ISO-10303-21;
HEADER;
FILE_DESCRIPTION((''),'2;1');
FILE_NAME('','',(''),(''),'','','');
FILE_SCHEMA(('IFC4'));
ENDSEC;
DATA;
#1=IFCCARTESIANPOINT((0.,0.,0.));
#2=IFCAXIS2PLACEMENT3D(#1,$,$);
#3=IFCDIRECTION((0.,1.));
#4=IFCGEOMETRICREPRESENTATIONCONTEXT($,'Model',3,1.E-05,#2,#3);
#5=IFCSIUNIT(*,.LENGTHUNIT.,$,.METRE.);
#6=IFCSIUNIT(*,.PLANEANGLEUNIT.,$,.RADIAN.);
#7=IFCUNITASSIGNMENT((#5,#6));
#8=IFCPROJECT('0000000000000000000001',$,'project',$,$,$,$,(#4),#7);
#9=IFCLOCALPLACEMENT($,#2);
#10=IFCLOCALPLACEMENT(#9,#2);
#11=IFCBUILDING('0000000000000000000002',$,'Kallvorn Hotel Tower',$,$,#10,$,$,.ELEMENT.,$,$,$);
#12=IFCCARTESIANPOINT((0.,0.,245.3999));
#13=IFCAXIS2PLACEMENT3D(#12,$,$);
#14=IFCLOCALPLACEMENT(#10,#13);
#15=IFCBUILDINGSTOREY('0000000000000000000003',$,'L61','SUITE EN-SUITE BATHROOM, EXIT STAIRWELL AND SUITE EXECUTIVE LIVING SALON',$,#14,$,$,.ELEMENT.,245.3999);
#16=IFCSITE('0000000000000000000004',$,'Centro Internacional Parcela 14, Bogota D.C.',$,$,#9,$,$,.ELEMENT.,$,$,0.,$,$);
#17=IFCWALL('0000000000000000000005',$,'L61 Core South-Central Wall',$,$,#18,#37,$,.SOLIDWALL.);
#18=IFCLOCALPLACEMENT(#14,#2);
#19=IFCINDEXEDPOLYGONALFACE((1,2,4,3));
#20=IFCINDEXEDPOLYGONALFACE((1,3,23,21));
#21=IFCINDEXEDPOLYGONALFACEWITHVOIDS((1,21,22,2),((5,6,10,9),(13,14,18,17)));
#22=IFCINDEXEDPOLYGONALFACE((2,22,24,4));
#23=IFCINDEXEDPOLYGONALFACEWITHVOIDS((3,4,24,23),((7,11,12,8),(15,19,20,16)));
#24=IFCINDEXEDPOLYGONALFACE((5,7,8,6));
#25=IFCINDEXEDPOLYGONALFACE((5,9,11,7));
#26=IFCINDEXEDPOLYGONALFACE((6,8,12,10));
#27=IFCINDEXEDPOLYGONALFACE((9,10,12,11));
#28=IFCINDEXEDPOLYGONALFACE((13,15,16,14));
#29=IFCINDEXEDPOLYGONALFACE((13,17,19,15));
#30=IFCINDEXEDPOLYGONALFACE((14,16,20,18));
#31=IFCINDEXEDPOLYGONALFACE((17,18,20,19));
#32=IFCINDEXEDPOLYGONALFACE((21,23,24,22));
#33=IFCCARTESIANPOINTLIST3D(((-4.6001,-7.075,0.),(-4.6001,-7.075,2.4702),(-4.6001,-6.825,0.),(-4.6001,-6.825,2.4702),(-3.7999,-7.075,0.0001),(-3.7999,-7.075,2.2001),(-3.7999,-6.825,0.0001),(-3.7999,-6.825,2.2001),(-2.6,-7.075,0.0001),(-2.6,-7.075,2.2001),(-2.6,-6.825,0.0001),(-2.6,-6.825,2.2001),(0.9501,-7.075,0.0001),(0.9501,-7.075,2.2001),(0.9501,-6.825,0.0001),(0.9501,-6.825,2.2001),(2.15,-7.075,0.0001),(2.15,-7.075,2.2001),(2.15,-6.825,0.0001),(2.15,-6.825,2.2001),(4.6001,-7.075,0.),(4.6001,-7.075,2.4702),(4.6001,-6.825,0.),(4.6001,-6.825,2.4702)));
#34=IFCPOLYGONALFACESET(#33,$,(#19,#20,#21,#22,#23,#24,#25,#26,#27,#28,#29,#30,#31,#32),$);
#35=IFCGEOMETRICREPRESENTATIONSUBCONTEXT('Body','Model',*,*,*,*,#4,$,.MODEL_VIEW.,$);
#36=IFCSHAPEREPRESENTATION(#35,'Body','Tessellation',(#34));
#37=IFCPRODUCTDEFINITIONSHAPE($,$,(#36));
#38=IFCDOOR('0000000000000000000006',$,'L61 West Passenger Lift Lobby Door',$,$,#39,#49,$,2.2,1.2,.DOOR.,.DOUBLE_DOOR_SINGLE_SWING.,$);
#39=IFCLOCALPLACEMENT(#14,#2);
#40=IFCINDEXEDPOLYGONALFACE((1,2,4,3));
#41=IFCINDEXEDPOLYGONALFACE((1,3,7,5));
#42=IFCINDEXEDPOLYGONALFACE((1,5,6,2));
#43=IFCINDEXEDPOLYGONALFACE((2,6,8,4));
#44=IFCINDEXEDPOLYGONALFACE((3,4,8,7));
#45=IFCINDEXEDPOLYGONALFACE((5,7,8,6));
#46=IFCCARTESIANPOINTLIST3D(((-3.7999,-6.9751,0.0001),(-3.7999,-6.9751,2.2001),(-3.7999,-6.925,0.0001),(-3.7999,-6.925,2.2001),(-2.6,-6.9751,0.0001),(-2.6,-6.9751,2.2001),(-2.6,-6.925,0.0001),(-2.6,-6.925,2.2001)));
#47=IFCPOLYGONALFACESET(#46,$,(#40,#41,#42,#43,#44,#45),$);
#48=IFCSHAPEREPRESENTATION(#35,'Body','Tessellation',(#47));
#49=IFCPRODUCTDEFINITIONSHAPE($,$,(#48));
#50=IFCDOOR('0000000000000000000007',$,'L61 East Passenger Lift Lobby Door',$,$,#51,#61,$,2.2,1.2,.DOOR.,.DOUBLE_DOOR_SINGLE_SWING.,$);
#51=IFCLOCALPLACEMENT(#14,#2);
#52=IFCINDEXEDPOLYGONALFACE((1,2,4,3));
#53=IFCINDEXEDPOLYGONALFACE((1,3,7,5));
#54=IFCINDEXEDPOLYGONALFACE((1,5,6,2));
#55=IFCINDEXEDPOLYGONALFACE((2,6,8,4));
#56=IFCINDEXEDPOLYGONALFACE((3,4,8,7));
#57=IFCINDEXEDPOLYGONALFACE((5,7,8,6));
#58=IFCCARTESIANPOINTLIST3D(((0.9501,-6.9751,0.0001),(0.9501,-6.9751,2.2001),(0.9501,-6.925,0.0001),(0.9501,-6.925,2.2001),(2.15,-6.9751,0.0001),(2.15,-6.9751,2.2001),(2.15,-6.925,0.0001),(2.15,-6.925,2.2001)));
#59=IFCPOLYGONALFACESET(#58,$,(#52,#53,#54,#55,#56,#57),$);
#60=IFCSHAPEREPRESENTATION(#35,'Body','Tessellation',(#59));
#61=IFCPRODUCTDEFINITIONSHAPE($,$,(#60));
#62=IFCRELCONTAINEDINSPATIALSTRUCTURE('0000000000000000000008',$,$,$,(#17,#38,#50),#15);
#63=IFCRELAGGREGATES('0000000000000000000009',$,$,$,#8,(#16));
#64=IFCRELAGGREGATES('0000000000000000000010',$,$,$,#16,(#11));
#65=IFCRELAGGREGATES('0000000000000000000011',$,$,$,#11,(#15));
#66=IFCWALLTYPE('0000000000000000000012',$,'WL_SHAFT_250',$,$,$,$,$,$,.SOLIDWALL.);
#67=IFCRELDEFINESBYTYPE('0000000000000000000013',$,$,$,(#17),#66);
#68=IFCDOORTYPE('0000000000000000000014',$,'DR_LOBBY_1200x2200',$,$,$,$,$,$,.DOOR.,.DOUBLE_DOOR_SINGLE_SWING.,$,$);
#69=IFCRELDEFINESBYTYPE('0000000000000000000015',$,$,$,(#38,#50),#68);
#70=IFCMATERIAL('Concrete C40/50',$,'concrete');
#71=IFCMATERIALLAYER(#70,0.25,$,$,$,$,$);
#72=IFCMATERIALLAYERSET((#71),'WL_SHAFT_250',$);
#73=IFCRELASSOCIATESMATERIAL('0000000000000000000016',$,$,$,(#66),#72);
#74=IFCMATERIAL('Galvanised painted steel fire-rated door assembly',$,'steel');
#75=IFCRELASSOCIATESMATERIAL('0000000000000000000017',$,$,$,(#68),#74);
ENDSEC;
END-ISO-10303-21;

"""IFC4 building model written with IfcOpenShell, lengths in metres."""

from ifc_helpers import new_model, si_unit, direction, frame, frame_2d, origin, place, context, subcontext, project, spatial, rectangle, extrude, material, layer, layer_set, type_object, element, fill, save


model = new_model("IFC4")

# Units and contexts
model_context = context("Model", 3, precision=1e-05, world=origin(), true_north=direction((0.0, 1.0)))
body_context = subcontext(model_context, "Body", "Model", "MODEL_VIEW")
ifc_project = project(units=[si_unit("LENGTHUNIT", "METRE"), si_unit("PLANEANGLEUNIT", "RADIAN")], contexts=[model_context])

# Site, building, storey
site_placement = place(None, origin())
site = spatial("IfcSite", under=ifc_project, at=site_placement, Name="Centro Internacional Parcela 14, Bogota D.C.", CompositionType="ELEMENT", RefElevation=0.0)
building_placement = place(site_placement, origin())
building = spatial("IfcBuilding", under=site, at=building_placement, Name="Kallvorn Hotel Tower", CompositionType="ELEMENT")
storey_placement = place(building_placement, frame((0.0, 0.0, 245.3999)))
storey = spatial("IfcBuildingStorey", under=building, at=storey_placement, Name="L61", Description="SUITE EN-SUITE BATHROOM, EXIT STAIRWELL AND SUITE EXECUTIVE LIVING SALON", CompositionType="ELEMENT", Elevation=245.3999)

# Wall, openings, doors
ifc_material_1 = material(Name="Concrete C40/50", Category="concrete")
ifc_layer_1 = layer(ifc_material_1, 0.25)
ifc_layer_set_1 = layer_set([ifc_layer_1], Name="WL_SHAFT_250")
wall_type_1 = type_object("IfcWallType", Name="WL_SHAFT_250", PredefinedType="SOLIDWALL", material=ifc_layer_set_1)
wall_1_placement = place(storey_placement, frame((-4.6001, -6.95, 0.0), z_axis=(0.0, 0.0, 1.0), x_axis=(1.0, 0.0, 0.0)))
wall_1 = element("IfcWall", 1, at=wall_1_placement, inside=storey, type_object=wall_type_1, Name="L61 Core South-Central Wall", PredefinedType="SOLIDWALL", context=body_context, shape_type="SweptSolid", body=[
    extrude(rectangle(XDim=9.2002, YDim=0.25, at=frame_2d((4.6001, 0.0))), origin(), (0.0, 0.0, 1.0), 2.4702),
])
opening_1_placement = place(wall_1_placement, frame((0.8, 0.0, 0.0)))
opening_1 = element("IfcOpeningElement", 2, at=opening_1_placement, cuts=wall_1, PredefinedType="OPENING", context=body_context, shape_type="SweptSolid", body=[
    extrude(rectangle(XDim=1.2, YDim=2.2, at=frame_2d((0.6001, 1.1001))), frame((0.0, 0.1399, 0.0), z_axis=(0.0, -1.0, 0.0), x_axis=(1.0, 0.0, 0.0)), (0.0, 0.0, 1.0), 0.28),
])
opening_2_placement = place(wall_1_placement, frame((5.55, 0.0, 0.0)))
opening_2 = element("IfcOpeningElement", 3, at=opening_2_placement, cuts=wall_1, PredefinedType="OPENING", context=body_context, shape_type="SweptSolid", body=[
    extrude(rectangle(XDim=1.2, YDim=2.2, at=frame_2d((0.6001, 1.1001))), frame((0.0, 0.1399, 0.0), z_axis=(0.0, -1.0, 0.0), x_axis=(1.0, 0.0, 0.0)), (0.0, 0.0, 1.0), 0.28),
])
ifc_material_2 = material(Name="Galvanised painted steel fire-rated door assembly", Category="steel")
door_type_1 = type_object("IfcDoorType", Name="DR_LOBBY_1200x2200", OperationType="DOUBLE_DOOR_SINGLE_SWING", PredefinedType="DOOR", material=ifc_material_2)
door_1_placement = place(opening_1_placement, origin())
door_1 = element("IfcDoor", 4, at=door_1_placement, inside=storey, type_object=door_type_1, Name="L61 West Passenger Lift Lobby Door", OperationType="DOUBLE_DOOR_SINGLE_SWING", OverallHeight=2.2, OverallWidth=1.2, PredefinedType="DOOR", context=body_context, shape_type="SweptSolid", body=[
    extrude(rectangle(XDim=1.2, YDim=2.2, at=frame_2d((0.6001, 1.1001))), frame((0.0, 0.0249, 0.0), z_axis=(0.0, -1.0, 0.0), x_axis=(1.0, 0.0, 0.0)), (0.0, 0.0, 1.0), 0.05),
])
fill(opening_1, door_1)
door_2_placement = place(opening_2_placement, origin())
door_2 = element("IfcDoor", 5, at=door_2_placement, inside=storey, type_object=door_type_1, Name="L61 East Passenger Lift Lobby Door", OperationType="DOUBLE_DOOR_SINGLE_SWING", OverallHeight=2.2, OverallWidth=1.2, PredefinedType="DOOR", context=body_context, shape_type="SweptSolid", body=[
    extrude(rectangle(XDim=1.2, YDim=2.2, at=frame_2d((0.6001, 1.1001))), frame((0.0, 0.0249, 0.0), z_axis=(0.0, -1.0, 0.0), x_axis=(1.0, 0.0, 0.0)), (0.0, 0.0, 1.0), 0.05),
])
fill(opening_2, door_2)

save(model, "model.ifc")
